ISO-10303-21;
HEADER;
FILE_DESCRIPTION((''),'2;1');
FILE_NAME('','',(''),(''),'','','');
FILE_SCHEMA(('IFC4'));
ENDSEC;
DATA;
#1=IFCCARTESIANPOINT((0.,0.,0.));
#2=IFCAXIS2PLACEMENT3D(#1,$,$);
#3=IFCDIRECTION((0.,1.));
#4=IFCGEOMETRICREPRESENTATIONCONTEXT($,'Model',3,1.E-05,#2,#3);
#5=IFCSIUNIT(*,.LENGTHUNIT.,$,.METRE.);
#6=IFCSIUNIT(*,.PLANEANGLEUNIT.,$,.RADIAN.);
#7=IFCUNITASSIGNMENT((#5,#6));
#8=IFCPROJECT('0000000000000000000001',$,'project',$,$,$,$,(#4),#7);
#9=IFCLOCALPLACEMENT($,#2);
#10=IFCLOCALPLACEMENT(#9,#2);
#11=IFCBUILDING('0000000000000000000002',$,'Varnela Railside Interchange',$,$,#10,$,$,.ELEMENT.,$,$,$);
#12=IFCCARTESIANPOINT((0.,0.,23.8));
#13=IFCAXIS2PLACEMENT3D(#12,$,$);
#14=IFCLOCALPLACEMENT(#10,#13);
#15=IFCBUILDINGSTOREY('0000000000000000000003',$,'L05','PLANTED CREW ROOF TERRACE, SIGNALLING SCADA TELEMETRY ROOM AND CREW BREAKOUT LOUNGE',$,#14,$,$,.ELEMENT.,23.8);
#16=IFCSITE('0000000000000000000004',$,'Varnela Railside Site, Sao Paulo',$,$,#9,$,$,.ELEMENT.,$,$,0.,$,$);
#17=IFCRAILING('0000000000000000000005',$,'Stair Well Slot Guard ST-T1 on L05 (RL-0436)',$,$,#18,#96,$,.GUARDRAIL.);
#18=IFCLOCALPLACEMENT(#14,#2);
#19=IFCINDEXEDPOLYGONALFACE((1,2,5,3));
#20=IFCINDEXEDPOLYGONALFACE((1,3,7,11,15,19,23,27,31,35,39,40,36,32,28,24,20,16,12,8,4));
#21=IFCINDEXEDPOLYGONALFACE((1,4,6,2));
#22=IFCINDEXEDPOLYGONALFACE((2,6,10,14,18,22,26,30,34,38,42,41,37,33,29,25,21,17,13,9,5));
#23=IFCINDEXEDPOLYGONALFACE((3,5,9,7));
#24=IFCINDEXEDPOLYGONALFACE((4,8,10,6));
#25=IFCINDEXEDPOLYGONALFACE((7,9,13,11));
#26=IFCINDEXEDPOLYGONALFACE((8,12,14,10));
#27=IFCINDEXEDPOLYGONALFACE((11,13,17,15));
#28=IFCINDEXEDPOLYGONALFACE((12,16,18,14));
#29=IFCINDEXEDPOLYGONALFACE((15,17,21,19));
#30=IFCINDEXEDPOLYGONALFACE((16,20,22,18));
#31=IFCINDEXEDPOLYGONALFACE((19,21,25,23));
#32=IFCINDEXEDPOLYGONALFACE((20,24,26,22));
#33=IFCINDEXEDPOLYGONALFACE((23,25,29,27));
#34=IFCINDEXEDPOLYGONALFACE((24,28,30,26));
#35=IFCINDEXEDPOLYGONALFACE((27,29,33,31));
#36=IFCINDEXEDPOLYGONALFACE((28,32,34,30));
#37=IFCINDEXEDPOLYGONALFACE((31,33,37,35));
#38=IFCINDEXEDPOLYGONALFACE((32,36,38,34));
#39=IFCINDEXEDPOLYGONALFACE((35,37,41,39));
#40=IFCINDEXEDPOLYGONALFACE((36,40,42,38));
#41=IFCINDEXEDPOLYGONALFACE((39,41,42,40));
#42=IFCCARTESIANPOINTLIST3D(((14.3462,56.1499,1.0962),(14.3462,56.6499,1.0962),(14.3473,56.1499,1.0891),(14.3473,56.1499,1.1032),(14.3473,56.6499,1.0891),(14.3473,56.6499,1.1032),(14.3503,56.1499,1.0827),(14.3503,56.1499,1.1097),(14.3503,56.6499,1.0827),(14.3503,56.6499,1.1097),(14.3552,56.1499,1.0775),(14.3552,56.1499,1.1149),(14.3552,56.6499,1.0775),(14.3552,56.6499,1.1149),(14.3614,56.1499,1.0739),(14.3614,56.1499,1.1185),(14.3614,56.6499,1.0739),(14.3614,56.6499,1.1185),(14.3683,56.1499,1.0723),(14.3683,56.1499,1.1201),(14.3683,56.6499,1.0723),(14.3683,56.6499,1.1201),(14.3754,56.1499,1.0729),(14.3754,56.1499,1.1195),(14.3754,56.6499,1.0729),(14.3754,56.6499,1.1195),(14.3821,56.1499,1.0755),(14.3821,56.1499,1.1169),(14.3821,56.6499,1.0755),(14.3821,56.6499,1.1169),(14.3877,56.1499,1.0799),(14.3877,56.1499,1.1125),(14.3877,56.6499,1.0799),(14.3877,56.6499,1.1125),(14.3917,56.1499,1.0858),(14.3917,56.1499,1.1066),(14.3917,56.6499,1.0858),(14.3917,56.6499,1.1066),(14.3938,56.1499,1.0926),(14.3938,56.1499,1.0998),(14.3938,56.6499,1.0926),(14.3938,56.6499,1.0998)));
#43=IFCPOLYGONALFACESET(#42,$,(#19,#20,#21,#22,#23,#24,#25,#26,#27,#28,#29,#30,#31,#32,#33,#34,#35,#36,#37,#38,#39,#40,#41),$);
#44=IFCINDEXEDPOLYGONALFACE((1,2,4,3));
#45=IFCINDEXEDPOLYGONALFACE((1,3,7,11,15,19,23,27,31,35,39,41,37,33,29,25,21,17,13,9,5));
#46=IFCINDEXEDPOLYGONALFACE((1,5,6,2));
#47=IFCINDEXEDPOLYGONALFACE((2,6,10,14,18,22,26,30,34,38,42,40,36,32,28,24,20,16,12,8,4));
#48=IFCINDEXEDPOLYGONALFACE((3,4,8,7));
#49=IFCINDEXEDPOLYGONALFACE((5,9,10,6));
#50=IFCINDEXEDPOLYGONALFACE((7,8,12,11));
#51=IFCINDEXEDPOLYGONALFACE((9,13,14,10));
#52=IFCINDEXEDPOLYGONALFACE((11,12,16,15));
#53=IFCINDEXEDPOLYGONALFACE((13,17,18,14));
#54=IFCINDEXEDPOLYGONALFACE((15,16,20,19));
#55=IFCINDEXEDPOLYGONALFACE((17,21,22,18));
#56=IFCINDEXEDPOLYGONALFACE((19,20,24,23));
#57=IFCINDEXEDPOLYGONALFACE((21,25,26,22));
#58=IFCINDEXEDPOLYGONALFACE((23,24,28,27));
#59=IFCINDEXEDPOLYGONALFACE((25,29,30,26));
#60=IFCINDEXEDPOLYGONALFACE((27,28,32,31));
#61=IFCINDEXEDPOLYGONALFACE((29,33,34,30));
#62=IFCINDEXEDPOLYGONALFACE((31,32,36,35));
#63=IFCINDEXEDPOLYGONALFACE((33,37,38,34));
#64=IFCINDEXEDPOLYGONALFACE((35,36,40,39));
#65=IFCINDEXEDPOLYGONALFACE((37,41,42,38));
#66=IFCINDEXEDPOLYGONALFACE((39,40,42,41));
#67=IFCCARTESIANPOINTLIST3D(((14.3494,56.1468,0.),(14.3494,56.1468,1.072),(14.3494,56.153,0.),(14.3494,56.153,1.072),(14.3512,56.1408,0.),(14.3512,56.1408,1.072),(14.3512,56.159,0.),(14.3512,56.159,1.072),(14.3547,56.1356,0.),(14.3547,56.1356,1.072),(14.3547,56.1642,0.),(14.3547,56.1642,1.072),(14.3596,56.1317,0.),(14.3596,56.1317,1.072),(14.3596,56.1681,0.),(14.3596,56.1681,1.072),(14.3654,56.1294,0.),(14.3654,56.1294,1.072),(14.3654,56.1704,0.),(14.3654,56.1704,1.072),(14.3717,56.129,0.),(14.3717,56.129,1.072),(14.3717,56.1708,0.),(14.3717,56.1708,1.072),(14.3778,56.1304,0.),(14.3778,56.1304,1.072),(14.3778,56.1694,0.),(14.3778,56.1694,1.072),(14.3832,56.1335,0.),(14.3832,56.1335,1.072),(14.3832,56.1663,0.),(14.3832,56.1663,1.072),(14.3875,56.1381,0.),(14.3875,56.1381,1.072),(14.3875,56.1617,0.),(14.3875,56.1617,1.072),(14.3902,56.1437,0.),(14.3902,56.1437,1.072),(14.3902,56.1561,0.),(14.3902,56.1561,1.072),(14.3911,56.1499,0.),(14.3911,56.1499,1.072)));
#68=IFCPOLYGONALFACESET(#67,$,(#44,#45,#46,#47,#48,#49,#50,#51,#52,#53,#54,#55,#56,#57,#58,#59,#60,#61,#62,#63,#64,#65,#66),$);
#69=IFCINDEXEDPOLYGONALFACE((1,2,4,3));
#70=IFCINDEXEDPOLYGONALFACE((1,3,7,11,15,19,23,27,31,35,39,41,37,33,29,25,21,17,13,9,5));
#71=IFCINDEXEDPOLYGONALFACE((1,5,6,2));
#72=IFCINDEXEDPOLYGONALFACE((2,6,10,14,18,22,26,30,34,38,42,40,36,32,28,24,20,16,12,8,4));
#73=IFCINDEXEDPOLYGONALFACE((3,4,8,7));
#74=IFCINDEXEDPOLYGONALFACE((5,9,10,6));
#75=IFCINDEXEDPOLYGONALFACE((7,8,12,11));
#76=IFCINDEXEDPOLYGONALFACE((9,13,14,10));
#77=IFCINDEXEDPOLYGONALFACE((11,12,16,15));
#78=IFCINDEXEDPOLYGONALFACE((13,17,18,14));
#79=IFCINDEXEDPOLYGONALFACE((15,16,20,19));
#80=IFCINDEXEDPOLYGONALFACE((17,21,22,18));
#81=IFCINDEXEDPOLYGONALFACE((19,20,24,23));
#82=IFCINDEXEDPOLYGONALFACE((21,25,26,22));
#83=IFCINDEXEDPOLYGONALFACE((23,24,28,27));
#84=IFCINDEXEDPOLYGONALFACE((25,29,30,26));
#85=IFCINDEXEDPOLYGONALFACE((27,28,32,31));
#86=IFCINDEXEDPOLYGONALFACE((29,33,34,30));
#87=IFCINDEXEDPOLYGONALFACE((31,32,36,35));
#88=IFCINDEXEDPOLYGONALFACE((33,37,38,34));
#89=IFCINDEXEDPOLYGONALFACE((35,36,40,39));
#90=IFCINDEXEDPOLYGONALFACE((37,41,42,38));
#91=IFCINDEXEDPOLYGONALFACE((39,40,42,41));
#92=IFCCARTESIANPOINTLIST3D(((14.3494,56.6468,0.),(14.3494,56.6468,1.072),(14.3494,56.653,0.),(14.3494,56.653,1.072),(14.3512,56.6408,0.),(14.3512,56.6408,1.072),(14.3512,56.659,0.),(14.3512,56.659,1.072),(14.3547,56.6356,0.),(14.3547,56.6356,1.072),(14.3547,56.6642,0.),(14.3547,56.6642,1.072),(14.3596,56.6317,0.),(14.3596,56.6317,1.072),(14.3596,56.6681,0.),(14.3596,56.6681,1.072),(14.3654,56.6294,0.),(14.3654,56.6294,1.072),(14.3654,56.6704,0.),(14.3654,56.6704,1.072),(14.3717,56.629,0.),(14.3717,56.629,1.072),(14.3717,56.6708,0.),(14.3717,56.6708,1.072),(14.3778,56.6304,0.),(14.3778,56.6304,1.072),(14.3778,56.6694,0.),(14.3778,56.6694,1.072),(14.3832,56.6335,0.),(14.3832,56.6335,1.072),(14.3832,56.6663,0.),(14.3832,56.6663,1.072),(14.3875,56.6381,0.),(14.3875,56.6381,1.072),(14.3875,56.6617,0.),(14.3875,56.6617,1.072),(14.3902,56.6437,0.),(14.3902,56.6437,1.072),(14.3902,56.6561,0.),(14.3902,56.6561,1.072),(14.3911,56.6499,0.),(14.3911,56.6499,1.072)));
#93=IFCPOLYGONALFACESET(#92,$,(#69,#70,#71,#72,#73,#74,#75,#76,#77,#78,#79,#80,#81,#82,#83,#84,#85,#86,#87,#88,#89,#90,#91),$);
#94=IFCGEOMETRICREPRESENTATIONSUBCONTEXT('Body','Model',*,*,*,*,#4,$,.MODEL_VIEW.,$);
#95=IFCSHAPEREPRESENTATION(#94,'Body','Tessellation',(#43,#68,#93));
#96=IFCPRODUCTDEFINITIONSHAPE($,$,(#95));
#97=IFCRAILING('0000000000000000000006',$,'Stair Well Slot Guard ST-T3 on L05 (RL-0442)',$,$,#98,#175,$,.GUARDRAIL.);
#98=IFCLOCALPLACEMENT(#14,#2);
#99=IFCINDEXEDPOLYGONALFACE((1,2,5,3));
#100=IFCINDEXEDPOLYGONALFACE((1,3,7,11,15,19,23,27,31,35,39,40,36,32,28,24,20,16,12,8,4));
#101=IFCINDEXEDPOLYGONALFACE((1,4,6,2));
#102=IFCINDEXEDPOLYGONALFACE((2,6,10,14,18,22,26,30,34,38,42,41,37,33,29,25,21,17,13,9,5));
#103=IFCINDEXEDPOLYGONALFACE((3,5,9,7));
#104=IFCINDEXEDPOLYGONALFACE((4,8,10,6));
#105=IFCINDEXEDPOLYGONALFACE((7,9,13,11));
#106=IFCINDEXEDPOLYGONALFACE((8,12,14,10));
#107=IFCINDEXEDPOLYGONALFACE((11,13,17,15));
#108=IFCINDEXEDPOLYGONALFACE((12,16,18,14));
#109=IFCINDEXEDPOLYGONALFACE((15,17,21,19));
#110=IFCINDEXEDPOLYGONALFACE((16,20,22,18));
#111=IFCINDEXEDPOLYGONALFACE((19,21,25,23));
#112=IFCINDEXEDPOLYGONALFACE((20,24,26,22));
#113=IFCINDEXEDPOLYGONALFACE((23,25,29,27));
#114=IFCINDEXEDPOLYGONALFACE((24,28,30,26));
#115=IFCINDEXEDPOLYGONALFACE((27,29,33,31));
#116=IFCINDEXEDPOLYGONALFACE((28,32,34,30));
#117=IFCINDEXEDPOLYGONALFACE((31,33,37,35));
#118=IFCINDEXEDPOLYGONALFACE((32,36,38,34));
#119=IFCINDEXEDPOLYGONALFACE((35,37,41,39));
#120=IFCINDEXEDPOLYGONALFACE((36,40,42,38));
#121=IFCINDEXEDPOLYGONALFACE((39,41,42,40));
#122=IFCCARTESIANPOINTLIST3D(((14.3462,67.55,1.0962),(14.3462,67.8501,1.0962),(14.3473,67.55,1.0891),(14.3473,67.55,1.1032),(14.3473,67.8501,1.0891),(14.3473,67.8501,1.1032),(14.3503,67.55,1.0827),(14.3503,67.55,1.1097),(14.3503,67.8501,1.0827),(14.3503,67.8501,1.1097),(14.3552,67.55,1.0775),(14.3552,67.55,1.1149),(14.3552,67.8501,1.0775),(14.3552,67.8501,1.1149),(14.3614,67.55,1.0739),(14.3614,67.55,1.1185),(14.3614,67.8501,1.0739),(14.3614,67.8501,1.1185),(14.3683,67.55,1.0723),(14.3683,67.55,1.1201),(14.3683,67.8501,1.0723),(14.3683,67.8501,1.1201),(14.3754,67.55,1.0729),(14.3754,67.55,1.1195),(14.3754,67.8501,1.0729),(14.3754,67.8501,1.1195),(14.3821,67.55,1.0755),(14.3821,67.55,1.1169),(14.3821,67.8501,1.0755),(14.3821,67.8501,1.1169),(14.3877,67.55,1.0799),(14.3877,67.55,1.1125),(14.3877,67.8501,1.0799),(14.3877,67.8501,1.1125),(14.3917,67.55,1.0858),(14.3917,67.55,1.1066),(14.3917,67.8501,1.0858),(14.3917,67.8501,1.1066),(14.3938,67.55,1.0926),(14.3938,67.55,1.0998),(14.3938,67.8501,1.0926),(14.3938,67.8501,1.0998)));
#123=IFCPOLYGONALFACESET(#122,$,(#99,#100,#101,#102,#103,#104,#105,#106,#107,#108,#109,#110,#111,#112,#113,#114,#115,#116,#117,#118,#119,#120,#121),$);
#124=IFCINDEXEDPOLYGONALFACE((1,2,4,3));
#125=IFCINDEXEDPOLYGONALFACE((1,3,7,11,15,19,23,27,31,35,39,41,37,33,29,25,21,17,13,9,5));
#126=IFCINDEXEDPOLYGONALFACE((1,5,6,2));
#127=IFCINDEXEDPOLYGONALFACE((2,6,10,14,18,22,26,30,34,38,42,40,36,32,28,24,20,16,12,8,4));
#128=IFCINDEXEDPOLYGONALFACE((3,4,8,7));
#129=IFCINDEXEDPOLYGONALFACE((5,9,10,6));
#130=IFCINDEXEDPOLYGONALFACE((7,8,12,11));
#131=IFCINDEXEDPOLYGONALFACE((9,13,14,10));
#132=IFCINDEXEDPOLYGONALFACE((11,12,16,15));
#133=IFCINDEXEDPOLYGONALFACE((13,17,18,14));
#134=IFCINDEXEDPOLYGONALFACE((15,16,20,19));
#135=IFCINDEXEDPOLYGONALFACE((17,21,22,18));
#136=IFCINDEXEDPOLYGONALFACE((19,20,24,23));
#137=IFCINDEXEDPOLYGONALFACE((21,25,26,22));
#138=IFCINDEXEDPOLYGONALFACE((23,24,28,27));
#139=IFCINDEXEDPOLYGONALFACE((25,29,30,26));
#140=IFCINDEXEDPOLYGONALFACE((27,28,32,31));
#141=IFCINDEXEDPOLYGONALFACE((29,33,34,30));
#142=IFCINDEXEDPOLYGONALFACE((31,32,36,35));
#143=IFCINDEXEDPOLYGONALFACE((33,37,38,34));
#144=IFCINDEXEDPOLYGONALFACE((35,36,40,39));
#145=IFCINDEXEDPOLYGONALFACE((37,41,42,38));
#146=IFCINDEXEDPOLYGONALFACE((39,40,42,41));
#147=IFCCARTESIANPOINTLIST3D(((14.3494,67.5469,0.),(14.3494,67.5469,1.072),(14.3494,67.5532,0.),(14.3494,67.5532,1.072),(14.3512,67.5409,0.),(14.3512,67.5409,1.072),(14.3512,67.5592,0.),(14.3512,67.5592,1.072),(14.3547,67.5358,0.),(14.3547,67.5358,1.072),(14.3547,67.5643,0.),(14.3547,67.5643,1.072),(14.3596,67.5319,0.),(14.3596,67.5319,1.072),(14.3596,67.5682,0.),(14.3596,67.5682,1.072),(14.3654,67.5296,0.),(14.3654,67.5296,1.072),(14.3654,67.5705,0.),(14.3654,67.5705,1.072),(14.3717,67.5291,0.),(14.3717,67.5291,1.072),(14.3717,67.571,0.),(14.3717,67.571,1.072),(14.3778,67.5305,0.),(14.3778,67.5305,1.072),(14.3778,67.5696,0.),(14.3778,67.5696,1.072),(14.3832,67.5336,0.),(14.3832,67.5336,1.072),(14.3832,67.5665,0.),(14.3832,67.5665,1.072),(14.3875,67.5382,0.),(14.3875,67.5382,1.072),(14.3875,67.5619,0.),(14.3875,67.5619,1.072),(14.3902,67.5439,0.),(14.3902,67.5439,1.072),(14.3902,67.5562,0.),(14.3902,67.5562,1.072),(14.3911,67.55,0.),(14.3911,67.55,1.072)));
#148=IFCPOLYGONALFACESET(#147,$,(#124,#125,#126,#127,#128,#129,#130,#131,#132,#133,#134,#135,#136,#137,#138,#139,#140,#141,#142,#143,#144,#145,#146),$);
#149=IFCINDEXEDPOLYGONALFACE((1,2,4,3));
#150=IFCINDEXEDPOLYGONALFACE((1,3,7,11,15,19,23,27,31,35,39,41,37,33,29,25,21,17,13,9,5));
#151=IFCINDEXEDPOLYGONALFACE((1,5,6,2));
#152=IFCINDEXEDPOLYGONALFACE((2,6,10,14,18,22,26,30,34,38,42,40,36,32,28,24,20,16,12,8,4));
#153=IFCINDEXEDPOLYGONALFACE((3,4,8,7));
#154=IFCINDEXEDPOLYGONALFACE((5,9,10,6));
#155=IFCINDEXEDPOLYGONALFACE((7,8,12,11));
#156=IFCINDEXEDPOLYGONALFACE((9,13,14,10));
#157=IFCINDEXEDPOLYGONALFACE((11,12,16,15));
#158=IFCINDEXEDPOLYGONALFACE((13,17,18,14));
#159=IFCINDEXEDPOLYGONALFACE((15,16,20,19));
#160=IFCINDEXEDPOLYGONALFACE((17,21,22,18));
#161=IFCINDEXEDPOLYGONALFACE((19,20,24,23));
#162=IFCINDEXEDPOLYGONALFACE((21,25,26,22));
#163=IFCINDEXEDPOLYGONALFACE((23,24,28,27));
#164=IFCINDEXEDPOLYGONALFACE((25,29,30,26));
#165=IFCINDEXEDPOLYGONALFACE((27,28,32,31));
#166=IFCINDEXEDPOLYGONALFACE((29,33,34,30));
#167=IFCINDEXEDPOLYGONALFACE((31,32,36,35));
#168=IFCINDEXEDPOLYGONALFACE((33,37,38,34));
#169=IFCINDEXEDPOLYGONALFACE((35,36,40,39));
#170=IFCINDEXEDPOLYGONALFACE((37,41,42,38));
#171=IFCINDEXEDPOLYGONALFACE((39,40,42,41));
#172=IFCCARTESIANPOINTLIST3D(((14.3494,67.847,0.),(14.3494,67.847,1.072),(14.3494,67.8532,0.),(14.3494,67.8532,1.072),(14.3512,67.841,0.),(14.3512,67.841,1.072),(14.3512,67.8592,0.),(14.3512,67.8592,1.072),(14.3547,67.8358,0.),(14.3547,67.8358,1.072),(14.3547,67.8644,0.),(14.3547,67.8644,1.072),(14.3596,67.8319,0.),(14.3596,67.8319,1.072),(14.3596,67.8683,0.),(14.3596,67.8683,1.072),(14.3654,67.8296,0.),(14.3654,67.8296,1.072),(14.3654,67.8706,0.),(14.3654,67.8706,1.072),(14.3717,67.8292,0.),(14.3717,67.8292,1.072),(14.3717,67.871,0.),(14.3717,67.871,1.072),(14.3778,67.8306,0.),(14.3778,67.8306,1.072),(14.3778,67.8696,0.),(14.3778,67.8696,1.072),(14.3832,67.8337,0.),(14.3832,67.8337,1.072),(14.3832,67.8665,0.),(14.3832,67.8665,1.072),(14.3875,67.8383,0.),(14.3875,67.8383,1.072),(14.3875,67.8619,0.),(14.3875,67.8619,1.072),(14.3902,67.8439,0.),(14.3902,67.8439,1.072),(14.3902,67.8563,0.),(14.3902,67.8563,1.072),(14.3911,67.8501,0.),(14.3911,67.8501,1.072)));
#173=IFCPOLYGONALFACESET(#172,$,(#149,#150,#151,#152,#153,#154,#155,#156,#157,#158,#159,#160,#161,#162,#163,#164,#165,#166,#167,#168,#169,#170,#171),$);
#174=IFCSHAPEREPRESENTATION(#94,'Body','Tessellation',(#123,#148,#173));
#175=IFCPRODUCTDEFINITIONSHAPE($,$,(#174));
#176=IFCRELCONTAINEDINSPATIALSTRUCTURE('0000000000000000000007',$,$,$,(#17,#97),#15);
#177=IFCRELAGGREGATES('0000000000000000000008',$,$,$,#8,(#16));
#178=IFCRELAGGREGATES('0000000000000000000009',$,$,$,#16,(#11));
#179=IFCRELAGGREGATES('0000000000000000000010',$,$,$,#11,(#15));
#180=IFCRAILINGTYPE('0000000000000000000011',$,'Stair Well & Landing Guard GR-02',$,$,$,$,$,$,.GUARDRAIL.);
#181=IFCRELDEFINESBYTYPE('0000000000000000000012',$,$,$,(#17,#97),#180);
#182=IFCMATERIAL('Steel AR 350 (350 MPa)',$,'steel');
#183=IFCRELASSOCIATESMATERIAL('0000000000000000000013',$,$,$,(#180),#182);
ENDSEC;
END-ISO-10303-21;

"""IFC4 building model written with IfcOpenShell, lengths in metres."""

from ifc_helpers import new_model, si_unit, direction, frame, origin, origin_2d, place, context, subcontext, project, spatial, circle, extrude, material, type_object, element, save


model = new_model("IFC4")

# Units and contexts
model_context = context("Model", 3, precision=1e-05, world=origin(), true_north=direction((0.0, 1.0)))
body_context = subcontext(model_context, "Body", "Model", "MODEL_VIEW")
ifc_project = project(units=[si_unit("LENGTHUNIT", "METRE"), si_unit("PLANEANGLEUNIT", "RADIAN")], contexts=[model_context])

# Site, building, storey
site_placement = place(None, origin())
site = spatial("IfcSite", under=ifc_project, at=site_placement, Name="Varnela Railside Site, Sao Paulo", CompositionType="ELEMENT", RefElevation=0.0)
building_placement = place(site_placement, origin())
building = spatial("IfcBuilding", under=site, at=building_placement, Name="Varnela Railside Interchange", CompositionType="ELEMENT")
storey_placement = place(building_placement, frame((0.0, 0.0, 23.8)))
storey = spatial("IfcBuildingStorey", under=building, at=storey_placement, Name="L05", Description="PLANTED CREW ROOF TERRACE, SIGNALLING SCADA TELEMETRY ROOM AND CREW BREAKOUT LOUNGE", CompositionType="ELEMENT", Elevation=23.8)

# Shared definitions
ifc_material_1 = material(Name="Steel AR 350 (350 MPa)", Category="steel")

# Railings
railing_type = type_object("IfcRailingType", Name="Stair Well & Landing Guard GR-02", PredefinedType="GUARDRAIL", material=ifc_material_1)
railing_1_placement = place(storey_placement, frame((14.3701, 56.1499, 0.0)))
element("IfcRailing", 1, at=railing_1_placement, inside=storey, type_object=railing_type, Name="Stair Well Slot Guard ST-T1 on L05 (RL-0436)", PredefinedType="GUARDRAIL", context=body_context, shape_type="SweptSolid", body=[
    extrude(circle(Radius=0.0239, at=origin_2d()), frame((0.0, 0.0, 1.0962), z_axis=(0.0, 1.0, 0.0), x_axis=(-1.0, 0.0, 0.0)), (0.0, 0.0, 1.0), 0.5),
    extrude(circle(Radius=0.021, at=origin_2d()), origin(), (0.0, 0.0, 1.0), 1.072),
    extrude(circle(Radius=0.021, at=origin_2d()), frame((0.0, 0.5, 0.0)), (0.0, 0.0, 1.0), 1.072),
])
railing_2_placement = place(storey_placement, frame((14.3701, 67.55, 0.0)))
element("IfcRailing", 2, at=railing_2_placement, inside=storey, type_object=railing_type, Name="Stair Well Slot Guard ST-T3 on L05 (RL-0442)", PredefinedType="GUARDRAIL", context=body_context, shape_type="SweptSolid", body=[
    extrude(circle(Radius=0.0239, at=origin_2d()), frame((0.0, 0.0, 1.0962), z_axis=(0.0, 1.0, 0.0), x_axis=(-1.0, 0.0, 0.0)), (0.0, 0.0, 1.0), 0.3),
    extrude(circle(Radius=0.021, at=origin_2d()), origin(), (0.0, 0.0, 1.0), 1.072),
    extrude(circle(Radius=0.021, at=origin_2d()), frame((0.0, 0.3, 0.0)), (0.0, 0.0, 1.0), 1.072),
])

save(model, "model.ifc")
